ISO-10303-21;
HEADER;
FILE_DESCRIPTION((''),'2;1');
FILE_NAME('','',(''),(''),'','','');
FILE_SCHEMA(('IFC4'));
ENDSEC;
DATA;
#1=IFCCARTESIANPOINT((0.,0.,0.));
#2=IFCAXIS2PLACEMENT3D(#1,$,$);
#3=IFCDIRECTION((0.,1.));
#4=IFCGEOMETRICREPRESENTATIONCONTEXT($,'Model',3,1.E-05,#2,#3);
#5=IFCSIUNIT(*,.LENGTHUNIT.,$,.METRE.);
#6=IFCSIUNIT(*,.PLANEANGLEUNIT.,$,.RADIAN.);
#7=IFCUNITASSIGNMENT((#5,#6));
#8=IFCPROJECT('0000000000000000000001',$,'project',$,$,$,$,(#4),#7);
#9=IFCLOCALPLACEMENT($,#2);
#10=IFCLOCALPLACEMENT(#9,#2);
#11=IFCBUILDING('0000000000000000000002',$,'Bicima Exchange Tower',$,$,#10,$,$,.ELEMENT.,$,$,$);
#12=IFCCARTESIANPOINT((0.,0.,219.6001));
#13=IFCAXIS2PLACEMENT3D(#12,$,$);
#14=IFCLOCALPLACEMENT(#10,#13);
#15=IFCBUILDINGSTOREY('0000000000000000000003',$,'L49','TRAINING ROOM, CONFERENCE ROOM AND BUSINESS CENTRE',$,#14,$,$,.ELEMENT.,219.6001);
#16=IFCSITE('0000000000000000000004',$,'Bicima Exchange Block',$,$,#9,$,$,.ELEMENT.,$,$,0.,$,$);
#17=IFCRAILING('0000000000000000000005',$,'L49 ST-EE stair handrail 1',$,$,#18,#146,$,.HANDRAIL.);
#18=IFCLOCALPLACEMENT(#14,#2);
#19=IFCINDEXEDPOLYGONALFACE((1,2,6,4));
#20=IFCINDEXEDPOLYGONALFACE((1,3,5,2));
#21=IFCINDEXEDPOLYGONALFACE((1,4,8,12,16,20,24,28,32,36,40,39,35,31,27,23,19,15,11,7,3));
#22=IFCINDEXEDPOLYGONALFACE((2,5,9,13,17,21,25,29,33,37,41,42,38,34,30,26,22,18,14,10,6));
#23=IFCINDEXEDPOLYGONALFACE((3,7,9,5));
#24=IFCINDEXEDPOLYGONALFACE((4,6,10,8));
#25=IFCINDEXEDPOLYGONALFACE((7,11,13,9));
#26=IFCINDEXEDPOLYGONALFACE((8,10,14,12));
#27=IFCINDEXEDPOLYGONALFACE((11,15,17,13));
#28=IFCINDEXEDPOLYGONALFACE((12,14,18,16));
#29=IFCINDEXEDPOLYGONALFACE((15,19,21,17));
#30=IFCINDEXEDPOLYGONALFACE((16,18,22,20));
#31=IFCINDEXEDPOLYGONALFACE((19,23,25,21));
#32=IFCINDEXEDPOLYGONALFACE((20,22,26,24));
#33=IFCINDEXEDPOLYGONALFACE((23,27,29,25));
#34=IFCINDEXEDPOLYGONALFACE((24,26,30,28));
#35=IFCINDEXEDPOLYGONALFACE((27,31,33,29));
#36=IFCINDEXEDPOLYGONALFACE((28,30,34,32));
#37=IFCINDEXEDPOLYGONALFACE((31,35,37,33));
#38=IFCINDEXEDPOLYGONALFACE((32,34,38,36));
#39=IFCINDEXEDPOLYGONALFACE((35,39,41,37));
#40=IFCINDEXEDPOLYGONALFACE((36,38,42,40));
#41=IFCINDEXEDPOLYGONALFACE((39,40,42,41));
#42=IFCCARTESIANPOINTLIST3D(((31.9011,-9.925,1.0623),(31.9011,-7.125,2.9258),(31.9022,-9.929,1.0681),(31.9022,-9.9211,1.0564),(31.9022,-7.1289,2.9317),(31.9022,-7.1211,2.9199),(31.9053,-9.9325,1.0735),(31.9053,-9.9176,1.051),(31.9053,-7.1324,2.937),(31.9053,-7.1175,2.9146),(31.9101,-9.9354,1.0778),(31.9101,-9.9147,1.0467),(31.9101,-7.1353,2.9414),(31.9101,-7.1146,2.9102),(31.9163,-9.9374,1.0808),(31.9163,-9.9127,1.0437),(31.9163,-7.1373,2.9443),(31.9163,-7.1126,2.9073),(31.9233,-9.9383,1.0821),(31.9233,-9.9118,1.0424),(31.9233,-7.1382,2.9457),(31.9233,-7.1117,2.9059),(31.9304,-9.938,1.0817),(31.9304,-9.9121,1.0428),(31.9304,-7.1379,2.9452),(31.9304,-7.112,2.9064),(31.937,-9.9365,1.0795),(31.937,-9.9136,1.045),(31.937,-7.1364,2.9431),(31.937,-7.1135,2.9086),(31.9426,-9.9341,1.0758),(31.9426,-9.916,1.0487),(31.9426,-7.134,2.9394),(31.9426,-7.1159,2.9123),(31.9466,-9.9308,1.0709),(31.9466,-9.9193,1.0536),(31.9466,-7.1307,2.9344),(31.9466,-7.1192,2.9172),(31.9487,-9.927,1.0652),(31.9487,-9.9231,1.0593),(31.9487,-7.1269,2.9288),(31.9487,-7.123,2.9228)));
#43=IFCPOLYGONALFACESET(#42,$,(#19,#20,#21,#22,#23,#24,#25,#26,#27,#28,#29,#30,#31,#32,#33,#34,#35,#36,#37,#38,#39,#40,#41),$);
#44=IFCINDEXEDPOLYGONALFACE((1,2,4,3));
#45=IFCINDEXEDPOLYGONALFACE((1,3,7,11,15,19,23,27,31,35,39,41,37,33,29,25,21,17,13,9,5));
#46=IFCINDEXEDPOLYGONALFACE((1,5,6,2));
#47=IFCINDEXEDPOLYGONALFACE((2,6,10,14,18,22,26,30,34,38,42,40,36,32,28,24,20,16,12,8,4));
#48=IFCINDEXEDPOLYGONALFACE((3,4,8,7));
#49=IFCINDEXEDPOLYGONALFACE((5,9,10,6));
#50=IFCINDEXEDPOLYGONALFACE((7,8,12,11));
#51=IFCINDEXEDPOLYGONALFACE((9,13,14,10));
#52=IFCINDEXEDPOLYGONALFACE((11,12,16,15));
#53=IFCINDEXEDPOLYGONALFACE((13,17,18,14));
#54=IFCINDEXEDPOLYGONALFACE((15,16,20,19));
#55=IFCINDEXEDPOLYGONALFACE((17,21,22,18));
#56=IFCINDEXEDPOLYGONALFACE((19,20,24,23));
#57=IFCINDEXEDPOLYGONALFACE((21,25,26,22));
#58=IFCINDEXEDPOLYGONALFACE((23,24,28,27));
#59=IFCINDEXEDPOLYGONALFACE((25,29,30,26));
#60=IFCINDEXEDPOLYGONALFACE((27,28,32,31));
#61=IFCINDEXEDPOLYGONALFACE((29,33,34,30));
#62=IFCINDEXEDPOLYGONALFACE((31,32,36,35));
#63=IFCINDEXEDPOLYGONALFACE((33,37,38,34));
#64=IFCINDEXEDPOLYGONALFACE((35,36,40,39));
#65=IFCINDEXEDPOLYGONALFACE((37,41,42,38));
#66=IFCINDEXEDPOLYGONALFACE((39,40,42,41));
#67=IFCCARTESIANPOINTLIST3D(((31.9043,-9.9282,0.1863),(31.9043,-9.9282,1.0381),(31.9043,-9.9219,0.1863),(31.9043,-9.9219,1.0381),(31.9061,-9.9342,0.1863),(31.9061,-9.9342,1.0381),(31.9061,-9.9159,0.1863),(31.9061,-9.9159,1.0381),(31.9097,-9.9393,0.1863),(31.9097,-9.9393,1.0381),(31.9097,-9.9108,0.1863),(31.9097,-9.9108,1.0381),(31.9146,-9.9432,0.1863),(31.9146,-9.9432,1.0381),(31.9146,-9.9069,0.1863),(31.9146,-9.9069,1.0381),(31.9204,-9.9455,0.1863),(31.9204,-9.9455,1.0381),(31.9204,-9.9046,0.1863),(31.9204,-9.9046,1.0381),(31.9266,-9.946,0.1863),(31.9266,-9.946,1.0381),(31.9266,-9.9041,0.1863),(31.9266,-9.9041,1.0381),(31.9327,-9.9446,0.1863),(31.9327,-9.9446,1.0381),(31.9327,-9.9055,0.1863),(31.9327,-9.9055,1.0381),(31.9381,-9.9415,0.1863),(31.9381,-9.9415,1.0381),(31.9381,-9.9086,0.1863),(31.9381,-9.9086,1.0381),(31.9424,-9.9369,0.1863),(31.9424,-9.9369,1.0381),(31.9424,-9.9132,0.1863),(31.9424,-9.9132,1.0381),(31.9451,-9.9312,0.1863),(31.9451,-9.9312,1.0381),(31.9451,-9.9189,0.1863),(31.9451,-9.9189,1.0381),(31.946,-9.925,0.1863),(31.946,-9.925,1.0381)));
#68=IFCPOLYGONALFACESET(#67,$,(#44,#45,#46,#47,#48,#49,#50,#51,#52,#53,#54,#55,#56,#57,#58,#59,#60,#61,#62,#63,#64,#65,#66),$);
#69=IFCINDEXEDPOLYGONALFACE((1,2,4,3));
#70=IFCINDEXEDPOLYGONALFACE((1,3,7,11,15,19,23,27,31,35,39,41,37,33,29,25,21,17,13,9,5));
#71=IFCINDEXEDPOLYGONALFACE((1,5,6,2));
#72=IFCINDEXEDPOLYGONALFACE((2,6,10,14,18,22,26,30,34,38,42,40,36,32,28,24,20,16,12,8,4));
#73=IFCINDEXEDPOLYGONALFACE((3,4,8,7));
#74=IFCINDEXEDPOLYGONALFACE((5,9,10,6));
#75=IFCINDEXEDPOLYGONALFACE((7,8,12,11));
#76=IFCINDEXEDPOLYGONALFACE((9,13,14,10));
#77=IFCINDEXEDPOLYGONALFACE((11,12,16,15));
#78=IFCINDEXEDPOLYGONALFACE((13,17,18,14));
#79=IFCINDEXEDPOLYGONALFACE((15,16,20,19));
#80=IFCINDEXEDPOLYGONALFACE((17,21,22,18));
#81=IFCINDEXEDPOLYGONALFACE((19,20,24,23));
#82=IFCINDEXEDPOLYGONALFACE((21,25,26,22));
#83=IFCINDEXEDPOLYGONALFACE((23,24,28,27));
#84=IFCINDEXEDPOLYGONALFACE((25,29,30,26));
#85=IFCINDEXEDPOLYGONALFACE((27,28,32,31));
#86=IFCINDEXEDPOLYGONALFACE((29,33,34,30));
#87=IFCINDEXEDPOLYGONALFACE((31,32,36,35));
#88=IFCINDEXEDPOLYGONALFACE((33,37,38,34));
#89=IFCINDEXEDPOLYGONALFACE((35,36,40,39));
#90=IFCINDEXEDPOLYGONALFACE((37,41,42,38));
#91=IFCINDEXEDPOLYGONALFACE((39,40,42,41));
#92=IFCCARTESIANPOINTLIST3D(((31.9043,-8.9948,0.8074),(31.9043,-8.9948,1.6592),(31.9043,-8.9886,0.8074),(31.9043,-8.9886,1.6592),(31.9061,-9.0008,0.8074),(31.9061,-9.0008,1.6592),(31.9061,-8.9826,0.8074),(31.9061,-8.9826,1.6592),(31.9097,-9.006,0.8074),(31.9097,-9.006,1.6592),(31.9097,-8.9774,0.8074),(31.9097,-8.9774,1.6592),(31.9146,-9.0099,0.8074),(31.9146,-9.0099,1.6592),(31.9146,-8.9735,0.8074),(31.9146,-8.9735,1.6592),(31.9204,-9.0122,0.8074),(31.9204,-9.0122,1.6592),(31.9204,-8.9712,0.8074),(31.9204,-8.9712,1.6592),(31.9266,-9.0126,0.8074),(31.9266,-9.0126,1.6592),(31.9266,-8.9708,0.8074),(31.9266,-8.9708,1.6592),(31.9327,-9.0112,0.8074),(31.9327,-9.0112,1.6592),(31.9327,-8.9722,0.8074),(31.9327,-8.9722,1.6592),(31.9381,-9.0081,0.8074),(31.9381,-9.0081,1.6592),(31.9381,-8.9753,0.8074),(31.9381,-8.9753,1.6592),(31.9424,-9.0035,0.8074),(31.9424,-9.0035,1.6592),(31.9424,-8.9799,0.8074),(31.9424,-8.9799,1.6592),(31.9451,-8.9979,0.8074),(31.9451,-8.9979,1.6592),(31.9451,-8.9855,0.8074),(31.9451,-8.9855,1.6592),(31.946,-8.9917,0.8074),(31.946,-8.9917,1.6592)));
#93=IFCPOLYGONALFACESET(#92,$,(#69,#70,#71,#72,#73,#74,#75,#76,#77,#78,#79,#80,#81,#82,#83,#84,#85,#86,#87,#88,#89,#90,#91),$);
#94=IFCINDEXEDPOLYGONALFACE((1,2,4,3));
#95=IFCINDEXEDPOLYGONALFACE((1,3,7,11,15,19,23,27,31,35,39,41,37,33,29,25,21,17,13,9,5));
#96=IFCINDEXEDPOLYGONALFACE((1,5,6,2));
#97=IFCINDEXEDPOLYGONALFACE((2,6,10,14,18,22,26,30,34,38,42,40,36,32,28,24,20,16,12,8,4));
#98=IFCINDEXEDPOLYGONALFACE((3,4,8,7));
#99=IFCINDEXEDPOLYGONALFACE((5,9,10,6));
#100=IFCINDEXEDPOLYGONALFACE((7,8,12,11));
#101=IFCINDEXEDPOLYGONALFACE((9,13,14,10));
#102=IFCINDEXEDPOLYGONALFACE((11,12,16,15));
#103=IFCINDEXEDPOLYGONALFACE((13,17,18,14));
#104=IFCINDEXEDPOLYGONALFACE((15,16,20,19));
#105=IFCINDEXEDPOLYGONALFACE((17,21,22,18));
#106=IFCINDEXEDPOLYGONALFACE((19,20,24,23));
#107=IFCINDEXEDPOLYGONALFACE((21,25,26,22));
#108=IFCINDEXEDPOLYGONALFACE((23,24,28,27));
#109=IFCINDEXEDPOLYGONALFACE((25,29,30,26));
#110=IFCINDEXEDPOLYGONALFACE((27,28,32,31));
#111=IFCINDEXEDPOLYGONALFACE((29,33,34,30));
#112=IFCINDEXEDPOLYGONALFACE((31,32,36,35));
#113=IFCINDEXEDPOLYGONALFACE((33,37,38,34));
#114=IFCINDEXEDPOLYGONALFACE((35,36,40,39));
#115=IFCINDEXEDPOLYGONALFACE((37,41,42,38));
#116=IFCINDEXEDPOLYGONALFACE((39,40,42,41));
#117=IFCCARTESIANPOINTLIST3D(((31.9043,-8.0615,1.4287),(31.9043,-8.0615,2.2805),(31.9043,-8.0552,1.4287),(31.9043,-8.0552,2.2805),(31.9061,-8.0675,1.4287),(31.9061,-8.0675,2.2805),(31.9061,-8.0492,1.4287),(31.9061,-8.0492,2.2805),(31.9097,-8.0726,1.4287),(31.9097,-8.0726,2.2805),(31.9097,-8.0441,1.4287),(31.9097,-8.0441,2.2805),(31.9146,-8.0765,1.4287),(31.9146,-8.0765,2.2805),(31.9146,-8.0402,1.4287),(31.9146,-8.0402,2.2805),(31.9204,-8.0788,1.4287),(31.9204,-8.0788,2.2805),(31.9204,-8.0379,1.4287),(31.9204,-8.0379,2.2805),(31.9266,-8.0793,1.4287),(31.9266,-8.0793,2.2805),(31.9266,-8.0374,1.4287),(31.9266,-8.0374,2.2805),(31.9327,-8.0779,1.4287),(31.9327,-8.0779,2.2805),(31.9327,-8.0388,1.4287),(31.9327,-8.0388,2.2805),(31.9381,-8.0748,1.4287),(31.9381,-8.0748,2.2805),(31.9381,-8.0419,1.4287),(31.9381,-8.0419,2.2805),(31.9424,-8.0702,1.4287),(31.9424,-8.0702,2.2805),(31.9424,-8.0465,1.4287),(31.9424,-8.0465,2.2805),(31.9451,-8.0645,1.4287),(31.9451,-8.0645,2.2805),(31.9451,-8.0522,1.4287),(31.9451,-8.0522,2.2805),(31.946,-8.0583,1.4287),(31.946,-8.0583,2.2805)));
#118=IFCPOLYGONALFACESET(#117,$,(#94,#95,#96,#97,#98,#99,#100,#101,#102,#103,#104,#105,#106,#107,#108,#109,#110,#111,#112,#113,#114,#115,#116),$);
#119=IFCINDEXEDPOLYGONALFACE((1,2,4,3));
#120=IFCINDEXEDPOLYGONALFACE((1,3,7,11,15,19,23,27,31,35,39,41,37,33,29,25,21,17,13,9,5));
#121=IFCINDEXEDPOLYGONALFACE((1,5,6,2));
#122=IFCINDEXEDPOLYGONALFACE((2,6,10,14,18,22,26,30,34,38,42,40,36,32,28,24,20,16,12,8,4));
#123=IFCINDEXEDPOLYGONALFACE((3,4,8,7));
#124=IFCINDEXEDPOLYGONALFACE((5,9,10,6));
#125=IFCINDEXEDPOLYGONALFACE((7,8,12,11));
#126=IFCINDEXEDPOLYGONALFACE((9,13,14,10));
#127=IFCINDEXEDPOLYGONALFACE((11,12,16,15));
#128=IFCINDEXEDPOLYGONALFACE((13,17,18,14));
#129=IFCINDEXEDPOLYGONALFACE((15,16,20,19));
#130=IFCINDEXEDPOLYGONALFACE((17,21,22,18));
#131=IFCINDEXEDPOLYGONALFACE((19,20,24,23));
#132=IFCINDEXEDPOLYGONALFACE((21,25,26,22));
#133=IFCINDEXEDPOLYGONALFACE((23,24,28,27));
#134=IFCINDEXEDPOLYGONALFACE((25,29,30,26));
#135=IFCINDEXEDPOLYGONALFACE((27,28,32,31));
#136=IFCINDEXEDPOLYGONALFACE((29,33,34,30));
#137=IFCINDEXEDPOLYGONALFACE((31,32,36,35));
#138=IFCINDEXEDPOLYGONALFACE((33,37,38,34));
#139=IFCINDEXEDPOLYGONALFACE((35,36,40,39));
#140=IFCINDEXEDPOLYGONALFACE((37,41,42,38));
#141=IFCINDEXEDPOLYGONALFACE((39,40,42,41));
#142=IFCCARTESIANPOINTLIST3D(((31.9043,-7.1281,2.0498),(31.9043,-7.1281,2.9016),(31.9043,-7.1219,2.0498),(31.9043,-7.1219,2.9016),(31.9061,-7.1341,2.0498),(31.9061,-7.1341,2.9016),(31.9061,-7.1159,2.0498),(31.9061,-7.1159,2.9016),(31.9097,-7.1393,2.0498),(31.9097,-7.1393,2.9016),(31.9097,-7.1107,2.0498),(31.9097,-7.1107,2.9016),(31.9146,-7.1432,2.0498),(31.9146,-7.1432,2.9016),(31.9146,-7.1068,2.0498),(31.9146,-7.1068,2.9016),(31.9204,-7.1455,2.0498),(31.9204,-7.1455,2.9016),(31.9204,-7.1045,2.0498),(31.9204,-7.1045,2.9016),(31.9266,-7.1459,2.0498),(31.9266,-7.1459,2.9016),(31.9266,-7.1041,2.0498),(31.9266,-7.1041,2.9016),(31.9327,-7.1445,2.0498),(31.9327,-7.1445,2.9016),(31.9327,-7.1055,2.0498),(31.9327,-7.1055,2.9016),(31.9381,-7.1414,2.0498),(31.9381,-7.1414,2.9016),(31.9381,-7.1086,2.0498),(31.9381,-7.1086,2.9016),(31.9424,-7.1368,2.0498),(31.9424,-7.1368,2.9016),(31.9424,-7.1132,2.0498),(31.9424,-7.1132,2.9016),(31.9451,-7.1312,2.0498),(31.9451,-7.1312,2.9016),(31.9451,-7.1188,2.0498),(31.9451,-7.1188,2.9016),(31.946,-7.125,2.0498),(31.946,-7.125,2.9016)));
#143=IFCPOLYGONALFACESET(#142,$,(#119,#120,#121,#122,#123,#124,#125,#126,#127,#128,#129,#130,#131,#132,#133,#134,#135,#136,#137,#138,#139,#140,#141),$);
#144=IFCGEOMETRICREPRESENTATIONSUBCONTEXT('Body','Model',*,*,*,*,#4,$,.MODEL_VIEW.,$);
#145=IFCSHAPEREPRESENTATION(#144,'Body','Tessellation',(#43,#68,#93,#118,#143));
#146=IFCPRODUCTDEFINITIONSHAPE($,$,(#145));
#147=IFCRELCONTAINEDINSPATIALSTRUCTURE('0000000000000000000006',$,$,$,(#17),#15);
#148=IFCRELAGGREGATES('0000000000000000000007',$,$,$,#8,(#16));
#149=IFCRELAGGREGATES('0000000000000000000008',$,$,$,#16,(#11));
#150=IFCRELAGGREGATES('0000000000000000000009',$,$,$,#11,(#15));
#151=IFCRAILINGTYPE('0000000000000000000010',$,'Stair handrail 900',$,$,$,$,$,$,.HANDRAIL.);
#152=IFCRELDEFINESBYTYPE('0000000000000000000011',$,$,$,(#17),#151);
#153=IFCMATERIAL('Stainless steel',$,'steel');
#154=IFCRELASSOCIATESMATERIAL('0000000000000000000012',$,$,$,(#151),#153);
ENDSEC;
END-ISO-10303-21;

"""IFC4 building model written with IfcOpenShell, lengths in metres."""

from ifc_helpers import new_model, si_unit, direction, frame, origin, origin_2d, place, context, subcontext, project, spatial, circle, extrude, material, type_object, element, save


model = new_model("IFC4")

# Units and contexts
model_context = context("Model", 3, precision=1e-05, world=origin(), true_north=direction((0.0, 1.0)))
body_context = subcontext(model_context, "Body", "Model", "MODEL_VIEW")
ifc_project = project(units=[si_unit("LENGTHUNIT", "METRE"), si_unit("PLANEANGLEUNIT", "RADIAN")], contexts=[model_context])

# Site, building, storey
site_placement = place(None, origin())
site = spatial("IfcSite", under=ifc_project, at=site_placement, Name="Bicima Exchange Block", CompositionType="ELEMENT", RefElevation=0.0)
building_placement = place(site_placement, origin())
building = spatial("IfcBuilding", under=site, at=building_placement, Name="Bicima Exchange Tower", CompositionType="ELEMENT")
storey_placement = place(building_placement, frame((0.0, 0.0, 219.6001)))
storey = spatial("IfcBuildingStorey", under=building, at=storey_placement, Name="L49", Description="TRAINING ROOM, CONFERENCE ROOM AND BUSINESS CENTRE", CompositionType="ELEMENT", Elevation=219.6001)

# Railing
ifc_material_1 = material(Name="Stainless steel", Category="steel")
railing_type_1 = type_object("IfcRailingType", Name="Stair handrail 900", PredefinedType="HANDRAIL", material=ifc_material_1)
railing_1_placement = place(storey_placement, frame((31.925, -9.925, 0.1863)))
element("IfcRailing", 1, at=railing_1_placement, inside=storey, type_object=railing_type_1, Name="L49 ST-EE stair handrail 1", PredefinedType="HANDRAIL", context=body_context, shape_type="SweptSolid", body=[
    extrude(circle(Radius=0.0239, at=origin_2d()), frame((0.0, 0.0, 0.876), z_axis=(0.0, 0.832486, 0.554047), x_axis=(-1.0, 0.0, 0.0)), (0.0, 0.0, 1.0), 3.3635),
    extrude(circle(Radius=0.021, at=origin_2d()), origin(), (0.0, 0.0, 1.0), 0.8518),
    extrude(circle(Radius=0.021, at=origin_2d()), frame((0.0, 0.9333, 0.6211)), (0.0, 0.0, 1.0), 0.8518),
    extrude(circle(Radius=0.021, at=origin_2d()), frame((0.0, 1.8667, 1.2424)), (0.0, 0.0, 1.0), 0.8518),
    extrude(circle(Radius=0.021, at=origin_2d()), frame((0.0, 2.8, 1.8635)), (0.0, 0.0, 1.0), 0.8518),
])

save(model, "model.ifc")
